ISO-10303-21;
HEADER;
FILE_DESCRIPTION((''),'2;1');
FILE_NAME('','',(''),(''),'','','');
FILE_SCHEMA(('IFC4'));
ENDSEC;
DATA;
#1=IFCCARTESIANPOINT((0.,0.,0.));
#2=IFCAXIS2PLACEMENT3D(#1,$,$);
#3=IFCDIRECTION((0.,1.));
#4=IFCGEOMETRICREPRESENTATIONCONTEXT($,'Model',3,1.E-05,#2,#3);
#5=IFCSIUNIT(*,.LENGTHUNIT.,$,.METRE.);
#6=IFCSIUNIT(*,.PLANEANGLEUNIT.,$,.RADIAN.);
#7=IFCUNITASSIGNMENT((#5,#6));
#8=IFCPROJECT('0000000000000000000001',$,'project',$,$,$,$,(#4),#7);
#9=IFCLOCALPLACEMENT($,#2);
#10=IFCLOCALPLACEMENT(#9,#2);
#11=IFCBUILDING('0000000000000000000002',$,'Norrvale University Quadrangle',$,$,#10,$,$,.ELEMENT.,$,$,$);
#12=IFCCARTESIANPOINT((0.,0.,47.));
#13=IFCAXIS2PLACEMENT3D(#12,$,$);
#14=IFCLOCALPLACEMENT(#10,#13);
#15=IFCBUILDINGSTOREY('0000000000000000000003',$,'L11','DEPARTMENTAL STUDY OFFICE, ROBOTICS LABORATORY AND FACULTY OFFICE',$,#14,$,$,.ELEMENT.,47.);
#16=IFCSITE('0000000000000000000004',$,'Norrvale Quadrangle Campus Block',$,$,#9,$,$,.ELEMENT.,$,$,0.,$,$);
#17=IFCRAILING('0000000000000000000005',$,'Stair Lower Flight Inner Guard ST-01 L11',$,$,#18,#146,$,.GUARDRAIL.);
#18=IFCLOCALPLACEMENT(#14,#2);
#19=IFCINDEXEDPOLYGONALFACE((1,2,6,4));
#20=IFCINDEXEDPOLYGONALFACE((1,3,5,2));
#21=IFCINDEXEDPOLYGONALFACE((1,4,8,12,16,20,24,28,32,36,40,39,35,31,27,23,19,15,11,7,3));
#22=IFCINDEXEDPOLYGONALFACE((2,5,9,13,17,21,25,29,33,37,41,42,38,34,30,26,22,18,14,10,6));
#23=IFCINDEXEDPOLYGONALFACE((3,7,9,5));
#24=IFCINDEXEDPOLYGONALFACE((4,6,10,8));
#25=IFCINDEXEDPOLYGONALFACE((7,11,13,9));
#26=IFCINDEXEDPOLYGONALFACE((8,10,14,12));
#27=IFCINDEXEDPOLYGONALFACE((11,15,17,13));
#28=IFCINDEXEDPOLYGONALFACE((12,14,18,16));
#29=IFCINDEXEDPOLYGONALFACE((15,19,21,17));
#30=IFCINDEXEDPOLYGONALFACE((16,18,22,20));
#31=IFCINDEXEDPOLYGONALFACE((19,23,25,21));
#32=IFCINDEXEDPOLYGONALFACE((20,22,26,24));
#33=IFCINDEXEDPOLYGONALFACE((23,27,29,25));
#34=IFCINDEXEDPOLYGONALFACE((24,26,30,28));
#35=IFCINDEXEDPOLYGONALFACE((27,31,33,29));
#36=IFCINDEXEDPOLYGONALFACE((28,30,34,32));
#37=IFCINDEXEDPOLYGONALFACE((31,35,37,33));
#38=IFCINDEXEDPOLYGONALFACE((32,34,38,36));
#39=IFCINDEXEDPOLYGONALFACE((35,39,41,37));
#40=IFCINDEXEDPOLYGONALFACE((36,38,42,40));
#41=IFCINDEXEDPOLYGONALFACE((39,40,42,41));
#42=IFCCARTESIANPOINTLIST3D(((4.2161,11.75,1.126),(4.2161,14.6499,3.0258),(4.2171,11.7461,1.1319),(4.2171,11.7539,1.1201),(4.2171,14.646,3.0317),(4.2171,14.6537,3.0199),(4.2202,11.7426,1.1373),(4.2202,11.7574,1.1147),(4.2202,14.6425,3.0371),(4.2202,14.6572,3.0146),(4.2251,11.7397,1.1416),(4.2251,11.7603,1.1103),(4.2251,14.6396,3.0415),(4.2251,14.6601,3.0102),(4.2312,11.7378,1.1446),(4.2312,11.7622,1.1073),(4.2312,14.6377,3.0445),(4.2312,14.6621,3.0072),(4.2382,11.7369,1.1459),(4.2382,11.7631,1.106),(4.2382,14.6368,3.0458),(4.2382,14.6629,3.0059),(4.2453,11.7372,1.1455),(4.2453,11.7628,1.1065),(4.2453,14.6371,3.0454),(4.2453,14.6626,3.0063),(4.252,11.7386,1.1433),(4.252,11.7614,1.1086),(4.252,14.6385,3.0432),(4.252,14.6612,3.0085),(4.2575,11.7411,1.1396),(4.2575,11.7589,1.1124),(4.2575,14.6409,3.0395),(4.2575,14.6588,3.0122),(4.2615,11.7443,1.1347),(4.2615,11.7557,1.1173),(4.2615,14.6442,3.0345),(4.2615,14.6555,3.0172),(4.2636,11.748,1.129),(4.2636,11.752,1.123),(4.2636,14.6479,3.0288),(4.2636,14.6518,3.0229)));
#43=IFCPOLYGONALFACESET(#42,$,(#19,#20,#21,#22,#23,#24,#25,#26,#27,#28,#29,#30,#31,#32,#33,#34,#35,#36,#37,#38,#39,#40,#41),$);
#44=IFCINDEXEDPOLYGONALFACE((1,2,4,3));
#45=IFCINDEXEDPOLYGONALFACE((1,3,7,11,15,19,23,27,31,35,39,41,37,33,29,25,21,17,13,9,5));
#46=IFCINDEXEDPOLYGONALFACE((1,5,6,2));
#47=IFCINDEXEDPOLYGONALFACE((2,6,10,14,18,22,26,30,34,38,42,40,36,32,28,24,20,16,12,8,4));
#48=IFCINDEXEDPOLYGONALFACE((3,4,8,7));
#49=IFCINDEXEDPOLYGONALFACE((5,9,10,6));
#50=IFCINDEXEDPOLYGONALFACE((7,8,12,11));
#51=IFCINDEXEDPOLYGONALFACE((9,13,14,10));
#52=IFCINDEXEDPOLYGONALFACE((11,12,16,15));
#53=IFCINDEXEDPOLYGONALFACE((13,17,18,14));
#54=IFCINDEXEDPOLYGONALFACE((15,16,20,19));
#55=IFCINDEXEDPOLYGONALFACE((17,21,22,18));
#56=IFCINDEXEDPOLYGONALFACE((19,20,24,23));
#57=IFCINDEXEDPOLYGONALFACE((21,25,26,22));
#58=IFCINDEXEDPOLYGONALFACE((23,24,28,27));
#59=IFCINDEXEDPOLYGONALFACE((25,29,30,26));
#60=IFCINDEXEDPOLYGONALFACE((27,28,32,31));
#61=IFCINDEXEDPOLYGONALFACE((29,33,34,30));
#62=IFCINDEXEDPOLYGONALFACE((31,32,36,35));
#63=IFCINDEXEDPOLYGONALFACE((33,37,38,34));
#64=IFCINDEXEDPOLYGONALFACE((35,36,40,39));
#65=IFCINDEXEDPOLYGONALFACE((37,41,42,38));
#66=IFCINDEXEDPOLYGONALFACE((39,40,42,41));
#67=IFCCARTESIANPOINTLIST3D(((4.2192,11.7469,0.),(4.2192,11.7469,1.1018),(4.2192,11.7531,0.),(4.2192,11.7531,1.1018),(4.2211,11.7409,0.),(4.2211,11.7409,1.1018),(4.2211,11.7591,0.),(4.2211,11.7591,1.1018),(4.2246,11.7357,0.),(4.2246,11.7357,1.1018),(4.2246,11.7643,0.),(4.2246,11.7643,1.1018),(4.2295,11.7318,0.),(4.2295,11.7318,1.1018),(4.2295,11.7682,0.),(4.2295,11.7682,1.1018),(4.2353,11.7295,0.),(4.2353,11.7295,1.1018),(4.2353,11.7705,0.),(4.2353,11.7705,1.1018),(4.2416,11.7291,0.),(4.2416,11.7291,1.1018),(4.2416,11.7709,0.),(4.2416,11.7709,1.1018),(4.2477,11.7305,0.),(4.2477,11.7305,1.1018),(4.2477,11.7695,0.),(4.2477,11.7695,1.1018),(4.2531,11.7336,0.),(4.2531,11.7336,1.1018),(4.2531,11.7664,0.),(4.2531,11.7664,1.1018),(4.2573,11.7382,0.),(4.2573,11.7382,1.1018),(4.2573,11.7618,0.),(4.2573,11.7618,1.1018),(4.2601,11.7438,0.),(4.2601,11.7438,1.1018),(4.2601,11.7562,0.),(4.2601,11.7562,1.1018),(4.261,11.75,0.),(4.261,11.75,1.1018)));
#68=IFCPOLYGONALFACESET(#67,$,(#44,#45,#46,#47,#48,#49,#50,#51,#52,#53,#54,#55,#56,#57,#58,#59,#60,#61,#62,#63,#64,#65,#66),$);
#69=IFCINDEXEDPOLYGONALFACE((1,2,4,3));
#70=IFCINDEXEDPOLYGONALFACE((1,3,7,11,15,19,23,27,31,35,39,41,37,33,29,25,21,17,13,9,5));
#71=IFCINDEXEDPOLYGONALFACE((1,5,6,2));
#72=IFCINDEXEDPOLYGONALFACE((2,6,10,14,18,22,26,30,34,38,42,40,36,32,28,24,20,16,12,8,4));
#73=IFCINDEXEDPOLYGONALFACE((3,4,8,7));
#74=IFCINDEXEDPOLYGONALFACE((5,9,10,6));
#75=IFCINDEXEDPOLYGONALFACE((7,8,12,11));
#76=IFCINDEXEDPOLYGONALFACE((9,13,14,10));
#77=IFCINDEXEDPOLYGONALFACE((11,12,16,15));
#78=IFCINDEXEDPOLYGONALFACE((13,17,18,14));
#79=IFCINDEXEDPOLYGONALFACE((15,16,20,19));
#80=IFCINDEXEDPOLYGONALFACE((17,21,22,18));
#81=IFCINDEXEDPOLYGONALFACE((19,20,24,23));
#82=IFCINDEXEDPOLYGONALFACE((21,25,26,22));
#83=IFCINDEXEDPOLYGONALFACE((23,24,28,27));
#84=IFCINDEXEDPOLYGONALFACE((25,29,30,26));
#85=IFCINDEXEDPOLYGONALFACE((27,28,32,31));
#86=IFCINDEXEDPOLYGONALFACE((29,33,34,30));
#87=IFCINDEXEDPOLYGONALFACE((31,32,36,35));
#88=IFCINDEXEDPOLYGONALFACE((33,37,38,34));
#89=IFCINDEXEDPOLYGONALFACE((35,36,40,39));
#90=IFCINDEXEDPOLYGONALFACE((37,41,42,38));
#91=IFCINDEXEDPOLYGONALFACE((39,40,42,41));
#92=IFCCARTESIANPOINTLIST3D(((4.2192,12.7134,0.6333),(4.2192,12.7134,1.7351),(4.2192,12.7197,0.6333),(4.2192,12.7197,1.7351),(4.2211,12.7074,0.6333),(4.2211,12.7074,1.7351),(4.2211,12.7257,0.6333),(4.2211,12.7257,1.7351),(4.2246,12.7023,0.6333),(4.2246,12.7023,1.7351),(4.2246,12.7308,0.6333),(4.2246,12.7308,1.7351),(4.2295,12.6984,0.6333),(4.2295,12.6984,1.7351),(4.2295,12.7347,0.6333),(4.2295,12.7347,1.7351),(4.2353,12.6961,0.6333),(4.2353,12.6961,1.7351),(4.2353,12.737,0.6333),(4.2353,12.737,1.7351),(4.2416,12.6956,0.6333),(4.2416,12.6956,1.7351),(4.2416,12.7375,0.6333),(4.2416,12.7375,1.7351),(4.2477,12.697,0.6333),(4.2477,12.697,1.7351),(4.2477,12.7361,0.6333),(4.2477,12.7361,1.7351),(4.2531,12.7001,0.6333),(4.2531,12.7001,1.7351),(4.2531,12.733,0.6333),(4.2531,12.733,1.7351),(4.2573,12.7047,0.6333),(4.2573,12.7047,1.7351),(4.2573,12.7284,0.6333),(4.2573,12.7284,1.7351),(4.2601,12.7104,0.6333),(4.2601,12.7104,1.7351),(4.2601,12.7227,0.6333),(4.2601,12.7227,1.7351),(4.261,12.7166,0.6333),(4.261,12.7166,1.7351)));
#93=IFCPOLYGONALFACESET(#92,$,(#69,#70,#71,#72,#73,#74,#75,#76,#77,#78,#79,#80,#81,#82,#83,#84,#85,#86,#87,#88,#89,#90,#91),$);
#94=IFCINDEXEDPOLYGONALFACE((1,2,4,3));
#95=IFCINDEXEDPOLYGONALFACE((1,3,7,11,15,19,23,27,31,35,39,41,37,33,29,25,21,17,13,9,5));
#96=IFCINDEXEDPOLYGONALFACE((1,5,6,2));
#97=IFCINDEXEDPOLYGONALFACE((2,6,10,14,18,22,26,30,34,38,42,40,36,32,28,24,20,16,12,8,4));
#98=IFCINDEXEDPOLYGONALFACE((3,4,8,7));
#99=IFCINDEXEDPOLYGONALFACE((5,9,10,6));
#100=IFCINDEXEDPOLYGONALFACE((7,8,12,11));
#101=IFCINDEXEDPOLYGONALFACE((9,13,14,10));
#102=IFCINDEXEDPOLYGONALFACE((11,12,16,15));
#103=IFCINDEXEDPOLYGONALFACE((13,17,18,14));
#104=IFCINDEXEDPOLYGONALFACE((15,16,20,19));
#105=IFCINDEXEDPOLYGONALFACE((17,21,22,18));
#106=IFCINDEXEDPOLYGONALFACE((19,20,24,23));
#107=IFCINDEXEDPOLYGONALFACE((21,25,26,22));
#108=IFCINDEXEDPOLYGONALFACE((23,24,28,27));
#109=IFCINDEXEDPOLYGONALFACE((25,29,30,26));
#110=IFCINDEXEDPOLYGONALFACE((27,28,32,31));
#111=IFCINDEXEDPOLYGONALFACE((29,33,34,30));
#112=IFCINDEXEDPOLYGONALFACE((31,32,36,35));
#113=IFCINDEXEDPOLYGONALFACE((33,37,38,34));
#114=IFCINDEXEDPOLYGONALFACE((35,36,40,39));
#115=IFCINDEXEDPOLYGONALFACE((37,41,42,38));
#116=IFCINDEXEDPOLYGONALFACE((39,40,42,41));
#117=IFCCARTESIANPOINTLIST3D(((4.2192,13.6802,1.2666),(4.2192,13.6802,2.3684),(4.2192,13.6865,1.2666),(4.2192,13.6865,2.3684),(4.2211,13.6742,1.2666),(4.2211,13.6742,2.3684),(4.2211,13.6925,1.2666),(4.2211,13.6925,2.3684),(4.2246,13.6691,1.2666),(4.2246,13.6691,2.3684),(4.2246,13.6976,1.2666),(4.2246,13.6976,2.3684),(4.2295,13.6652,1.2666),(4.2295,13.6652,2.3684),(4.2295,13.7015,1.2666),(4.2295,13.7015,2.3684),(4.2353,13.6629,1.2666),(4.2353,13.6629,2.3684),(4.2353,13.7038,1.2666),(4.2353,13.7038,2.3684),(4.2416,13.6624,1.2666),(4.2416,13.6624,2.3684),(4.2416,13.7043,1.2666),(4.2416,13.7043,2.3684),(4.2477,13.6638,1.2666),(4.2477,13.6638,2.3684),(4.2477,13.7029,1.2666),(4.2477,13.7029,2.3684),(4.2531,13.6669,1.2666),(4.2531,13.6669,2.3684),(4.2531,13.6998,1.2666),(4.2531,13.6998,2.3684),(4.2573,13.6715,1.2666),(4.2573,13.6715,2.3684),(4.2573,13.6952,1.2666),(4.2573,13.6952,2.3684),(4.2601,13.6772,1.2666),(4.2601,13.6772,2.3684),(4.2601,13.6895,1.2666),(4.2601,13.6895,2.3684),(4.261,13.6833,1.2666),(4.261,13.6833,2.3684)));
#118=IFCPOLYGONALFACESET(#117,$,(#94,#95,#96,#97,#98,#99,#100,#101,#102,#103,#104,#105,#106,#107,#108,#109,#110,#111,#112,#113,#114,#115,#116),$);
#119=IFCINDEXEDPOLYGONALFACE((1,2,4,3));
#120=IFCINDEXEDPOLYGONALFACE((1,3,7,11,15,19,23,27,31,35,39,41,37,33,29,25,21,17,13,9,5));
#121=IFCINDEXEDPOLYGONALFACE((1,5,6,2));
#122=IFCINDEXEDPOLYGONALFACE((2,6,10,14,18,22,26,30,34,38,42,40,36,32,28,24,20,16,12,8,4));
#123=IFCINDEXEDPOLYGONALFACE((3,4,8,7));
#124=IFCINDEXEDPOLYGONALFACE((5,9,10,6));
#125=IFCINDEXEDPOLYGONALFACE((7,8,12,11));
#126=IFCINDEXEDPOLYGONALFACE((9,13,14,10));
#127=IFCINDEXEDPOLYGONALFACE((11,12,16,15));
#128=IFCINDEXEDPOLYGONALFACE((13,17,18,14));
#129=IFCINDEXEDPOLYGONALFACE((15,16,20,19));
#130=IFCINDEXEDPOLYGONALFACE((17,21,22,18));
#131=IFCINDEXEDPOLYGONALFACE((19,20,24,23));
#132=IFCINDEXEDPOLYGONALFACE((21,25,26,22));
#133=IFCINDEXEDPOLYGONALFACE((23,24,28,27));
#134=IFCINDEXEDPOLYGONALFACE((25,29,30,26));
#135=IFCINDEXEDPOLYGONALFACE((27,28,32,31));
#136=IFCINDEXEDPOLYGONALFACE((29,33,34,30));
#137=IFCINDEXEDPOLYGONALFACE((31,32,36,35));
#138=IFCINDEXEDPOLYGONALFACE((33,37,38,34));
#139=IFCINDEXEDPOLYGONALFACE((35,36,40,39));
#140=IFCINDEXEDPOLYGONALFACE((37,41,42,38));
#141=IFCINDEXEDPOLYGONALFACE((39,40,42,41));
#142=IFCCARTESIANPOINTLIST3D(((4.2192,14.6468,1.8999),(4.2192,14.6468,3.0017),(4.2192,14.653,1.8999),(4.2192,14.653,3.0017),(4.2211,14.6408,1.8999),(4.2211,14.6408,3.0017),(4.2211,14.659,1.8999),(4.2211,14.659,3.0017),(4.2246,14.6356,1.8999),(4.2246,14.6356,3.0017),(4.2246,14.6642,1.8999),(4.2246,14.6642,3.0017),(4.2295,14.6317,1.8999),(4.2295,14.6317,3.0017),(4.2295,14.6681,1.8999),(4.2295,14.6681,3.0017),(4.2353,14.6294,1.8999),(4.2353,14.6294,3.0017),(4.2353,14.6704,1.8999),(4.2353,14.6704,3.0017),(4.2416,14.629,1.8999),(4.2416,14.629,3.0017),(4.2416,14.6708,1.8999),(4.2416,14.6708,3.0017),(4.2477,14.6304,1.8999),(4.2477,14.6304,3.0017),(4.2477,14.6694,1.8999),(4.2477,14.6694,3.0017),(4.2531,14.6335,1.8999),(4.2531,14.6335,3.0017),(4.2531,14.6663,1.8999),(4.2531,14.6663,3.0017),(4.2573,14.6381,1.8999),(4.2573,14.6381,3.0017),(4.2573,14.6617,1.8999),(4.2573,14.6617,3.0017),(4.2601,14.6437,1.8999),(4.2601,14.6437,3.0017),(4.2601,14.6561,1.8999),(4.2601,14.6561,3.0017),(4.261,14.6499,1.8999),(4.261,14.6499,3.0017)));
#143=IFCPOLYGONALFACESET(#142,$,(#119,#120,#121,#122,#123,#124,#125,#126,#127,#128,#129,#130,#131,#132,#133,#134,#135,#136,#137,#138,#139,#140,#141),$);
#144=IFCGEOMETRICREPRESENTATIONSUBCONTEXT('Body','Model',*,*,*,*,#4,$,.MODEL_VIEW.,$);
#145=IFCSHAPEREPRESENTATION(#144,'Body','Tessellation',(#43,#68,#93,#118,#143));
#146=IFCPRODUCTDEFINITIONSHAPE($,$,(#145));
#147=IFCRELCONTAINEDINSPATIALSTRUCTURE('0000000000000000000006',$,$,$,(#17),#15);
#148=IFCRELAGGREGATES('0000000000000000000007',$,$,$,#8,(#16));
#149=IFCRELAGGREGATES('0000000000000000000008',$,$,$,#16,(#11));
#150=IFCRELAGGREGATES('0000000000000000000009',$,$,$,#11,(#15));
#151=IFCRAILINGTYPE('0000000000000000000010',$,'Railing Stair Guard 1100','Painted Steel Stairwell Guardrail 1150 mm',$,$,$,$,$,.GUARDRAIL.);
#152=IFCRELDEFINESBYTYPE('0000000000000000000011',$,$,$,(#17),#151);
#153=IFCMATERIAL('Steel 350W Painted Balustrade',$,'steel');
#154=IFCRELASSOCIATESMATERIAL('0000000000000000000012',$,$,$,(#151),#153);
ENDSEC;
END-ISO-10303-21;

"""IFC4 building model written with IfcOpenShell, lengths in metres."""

from ifc_helpers import new_model, si_unit, direction, frame, origin, origin_2d, place, context, subcontext, project, spatial, circle, extrude, material, type_object, element, save


model = new_model("IFC4")

# Units and contexts
model_context = context("Model", 3, precision=1e-05, world=origin(), true_north=direction((0.0, 1.0)))
body_context = subcontext(model_context, "Body", "Model", "MODEL_VIEW")
ifc_project = project(units=[si_unit("LENGTHUNIT", "METRE"), si_unit("PLANEANGLEUNIT", "RADIAN")], contexts=[model_context])

# Site, building, storey
site_placement = place(None, origin())
site = spatial("IfcSite", under=ifc_project, at=site_placement, Name="Norrvale Quadrangle Campus Block", CompositionType="ELEMENT", RefElevation=0.0)
building_placement = place(site_placement, origin())
building = spatial("IfcBuilding", under=site, at=building_placement, Name="Norrvale University Quadrangle", CompositionType="ELEMENT")
storey_placement = place(building_placement, frame((0.0, 0.0, 47.0)))
storey = spatial("IfcBuildingStorey", under=building, at=storey_placement, Name="L11", Description="DEPARTMENTAL STUDY OFFICE, ROBOTICS LABORATORY AND FACULTY OFFICE", CompositionType="ELEMENT", Elevation=47.0)

# Railing
ifc_material_1 = material(Name="Steel 350W Painted Balustrade", Category="steel")
railing_type_1 = type_object("IfcRailingType", Name="Railing Stair Guard 1100", Description="Painted Steel Stairwell Guardrail 1150 mm", PredefinedType="GUARDRAIL", material=ifc_material_1)
railing_1_placement = place(storey_placement, frame((4.24, 11.75, 0.0)))
element("IfcRailing", 1, at=railing_1_placement, inside=storey, type_object=railing_type_1, Name="Stair Lower Flight Inner Guard ST-01 L11", PredefinedType="GUARDRAIL", context=body_context, shape_type="SweptSolid", body=[
    extrude(circle(Radius=0.0239, at=origin_2d()), frame((0.0, 0.0, 1.126), z_axis=(0.0, 0.836466, 0.548019), x_axis=(-1.0, 0.0, 0.0)), (0.0, 0.0, 1.0), 3.4668),
    extrude(circle(Radius=0.021, at=origin_2d()), origin(), (0.0, 0.0, 1.0), 1.1018),
    extrude(circle(Radius=0.021, at=origin_2d()), frame((0.0, 0.9666, 0.6333)), (0.0, 0.0, 1.0), 1.1018),
    extrude(circle(Radius=0.021, at=origin_2d()), frame((0.0, 1.9333, 1.2666)), (0.0, 0.0, 1.0), 1.1018),
    extrude(circle(Radius=0.021, at=origin_2d()), frame((0.0, 2.8999, 1.8999)), (0.0, 0.0, 1.0), 1.1018),
])

save(model, "model.ifc")
